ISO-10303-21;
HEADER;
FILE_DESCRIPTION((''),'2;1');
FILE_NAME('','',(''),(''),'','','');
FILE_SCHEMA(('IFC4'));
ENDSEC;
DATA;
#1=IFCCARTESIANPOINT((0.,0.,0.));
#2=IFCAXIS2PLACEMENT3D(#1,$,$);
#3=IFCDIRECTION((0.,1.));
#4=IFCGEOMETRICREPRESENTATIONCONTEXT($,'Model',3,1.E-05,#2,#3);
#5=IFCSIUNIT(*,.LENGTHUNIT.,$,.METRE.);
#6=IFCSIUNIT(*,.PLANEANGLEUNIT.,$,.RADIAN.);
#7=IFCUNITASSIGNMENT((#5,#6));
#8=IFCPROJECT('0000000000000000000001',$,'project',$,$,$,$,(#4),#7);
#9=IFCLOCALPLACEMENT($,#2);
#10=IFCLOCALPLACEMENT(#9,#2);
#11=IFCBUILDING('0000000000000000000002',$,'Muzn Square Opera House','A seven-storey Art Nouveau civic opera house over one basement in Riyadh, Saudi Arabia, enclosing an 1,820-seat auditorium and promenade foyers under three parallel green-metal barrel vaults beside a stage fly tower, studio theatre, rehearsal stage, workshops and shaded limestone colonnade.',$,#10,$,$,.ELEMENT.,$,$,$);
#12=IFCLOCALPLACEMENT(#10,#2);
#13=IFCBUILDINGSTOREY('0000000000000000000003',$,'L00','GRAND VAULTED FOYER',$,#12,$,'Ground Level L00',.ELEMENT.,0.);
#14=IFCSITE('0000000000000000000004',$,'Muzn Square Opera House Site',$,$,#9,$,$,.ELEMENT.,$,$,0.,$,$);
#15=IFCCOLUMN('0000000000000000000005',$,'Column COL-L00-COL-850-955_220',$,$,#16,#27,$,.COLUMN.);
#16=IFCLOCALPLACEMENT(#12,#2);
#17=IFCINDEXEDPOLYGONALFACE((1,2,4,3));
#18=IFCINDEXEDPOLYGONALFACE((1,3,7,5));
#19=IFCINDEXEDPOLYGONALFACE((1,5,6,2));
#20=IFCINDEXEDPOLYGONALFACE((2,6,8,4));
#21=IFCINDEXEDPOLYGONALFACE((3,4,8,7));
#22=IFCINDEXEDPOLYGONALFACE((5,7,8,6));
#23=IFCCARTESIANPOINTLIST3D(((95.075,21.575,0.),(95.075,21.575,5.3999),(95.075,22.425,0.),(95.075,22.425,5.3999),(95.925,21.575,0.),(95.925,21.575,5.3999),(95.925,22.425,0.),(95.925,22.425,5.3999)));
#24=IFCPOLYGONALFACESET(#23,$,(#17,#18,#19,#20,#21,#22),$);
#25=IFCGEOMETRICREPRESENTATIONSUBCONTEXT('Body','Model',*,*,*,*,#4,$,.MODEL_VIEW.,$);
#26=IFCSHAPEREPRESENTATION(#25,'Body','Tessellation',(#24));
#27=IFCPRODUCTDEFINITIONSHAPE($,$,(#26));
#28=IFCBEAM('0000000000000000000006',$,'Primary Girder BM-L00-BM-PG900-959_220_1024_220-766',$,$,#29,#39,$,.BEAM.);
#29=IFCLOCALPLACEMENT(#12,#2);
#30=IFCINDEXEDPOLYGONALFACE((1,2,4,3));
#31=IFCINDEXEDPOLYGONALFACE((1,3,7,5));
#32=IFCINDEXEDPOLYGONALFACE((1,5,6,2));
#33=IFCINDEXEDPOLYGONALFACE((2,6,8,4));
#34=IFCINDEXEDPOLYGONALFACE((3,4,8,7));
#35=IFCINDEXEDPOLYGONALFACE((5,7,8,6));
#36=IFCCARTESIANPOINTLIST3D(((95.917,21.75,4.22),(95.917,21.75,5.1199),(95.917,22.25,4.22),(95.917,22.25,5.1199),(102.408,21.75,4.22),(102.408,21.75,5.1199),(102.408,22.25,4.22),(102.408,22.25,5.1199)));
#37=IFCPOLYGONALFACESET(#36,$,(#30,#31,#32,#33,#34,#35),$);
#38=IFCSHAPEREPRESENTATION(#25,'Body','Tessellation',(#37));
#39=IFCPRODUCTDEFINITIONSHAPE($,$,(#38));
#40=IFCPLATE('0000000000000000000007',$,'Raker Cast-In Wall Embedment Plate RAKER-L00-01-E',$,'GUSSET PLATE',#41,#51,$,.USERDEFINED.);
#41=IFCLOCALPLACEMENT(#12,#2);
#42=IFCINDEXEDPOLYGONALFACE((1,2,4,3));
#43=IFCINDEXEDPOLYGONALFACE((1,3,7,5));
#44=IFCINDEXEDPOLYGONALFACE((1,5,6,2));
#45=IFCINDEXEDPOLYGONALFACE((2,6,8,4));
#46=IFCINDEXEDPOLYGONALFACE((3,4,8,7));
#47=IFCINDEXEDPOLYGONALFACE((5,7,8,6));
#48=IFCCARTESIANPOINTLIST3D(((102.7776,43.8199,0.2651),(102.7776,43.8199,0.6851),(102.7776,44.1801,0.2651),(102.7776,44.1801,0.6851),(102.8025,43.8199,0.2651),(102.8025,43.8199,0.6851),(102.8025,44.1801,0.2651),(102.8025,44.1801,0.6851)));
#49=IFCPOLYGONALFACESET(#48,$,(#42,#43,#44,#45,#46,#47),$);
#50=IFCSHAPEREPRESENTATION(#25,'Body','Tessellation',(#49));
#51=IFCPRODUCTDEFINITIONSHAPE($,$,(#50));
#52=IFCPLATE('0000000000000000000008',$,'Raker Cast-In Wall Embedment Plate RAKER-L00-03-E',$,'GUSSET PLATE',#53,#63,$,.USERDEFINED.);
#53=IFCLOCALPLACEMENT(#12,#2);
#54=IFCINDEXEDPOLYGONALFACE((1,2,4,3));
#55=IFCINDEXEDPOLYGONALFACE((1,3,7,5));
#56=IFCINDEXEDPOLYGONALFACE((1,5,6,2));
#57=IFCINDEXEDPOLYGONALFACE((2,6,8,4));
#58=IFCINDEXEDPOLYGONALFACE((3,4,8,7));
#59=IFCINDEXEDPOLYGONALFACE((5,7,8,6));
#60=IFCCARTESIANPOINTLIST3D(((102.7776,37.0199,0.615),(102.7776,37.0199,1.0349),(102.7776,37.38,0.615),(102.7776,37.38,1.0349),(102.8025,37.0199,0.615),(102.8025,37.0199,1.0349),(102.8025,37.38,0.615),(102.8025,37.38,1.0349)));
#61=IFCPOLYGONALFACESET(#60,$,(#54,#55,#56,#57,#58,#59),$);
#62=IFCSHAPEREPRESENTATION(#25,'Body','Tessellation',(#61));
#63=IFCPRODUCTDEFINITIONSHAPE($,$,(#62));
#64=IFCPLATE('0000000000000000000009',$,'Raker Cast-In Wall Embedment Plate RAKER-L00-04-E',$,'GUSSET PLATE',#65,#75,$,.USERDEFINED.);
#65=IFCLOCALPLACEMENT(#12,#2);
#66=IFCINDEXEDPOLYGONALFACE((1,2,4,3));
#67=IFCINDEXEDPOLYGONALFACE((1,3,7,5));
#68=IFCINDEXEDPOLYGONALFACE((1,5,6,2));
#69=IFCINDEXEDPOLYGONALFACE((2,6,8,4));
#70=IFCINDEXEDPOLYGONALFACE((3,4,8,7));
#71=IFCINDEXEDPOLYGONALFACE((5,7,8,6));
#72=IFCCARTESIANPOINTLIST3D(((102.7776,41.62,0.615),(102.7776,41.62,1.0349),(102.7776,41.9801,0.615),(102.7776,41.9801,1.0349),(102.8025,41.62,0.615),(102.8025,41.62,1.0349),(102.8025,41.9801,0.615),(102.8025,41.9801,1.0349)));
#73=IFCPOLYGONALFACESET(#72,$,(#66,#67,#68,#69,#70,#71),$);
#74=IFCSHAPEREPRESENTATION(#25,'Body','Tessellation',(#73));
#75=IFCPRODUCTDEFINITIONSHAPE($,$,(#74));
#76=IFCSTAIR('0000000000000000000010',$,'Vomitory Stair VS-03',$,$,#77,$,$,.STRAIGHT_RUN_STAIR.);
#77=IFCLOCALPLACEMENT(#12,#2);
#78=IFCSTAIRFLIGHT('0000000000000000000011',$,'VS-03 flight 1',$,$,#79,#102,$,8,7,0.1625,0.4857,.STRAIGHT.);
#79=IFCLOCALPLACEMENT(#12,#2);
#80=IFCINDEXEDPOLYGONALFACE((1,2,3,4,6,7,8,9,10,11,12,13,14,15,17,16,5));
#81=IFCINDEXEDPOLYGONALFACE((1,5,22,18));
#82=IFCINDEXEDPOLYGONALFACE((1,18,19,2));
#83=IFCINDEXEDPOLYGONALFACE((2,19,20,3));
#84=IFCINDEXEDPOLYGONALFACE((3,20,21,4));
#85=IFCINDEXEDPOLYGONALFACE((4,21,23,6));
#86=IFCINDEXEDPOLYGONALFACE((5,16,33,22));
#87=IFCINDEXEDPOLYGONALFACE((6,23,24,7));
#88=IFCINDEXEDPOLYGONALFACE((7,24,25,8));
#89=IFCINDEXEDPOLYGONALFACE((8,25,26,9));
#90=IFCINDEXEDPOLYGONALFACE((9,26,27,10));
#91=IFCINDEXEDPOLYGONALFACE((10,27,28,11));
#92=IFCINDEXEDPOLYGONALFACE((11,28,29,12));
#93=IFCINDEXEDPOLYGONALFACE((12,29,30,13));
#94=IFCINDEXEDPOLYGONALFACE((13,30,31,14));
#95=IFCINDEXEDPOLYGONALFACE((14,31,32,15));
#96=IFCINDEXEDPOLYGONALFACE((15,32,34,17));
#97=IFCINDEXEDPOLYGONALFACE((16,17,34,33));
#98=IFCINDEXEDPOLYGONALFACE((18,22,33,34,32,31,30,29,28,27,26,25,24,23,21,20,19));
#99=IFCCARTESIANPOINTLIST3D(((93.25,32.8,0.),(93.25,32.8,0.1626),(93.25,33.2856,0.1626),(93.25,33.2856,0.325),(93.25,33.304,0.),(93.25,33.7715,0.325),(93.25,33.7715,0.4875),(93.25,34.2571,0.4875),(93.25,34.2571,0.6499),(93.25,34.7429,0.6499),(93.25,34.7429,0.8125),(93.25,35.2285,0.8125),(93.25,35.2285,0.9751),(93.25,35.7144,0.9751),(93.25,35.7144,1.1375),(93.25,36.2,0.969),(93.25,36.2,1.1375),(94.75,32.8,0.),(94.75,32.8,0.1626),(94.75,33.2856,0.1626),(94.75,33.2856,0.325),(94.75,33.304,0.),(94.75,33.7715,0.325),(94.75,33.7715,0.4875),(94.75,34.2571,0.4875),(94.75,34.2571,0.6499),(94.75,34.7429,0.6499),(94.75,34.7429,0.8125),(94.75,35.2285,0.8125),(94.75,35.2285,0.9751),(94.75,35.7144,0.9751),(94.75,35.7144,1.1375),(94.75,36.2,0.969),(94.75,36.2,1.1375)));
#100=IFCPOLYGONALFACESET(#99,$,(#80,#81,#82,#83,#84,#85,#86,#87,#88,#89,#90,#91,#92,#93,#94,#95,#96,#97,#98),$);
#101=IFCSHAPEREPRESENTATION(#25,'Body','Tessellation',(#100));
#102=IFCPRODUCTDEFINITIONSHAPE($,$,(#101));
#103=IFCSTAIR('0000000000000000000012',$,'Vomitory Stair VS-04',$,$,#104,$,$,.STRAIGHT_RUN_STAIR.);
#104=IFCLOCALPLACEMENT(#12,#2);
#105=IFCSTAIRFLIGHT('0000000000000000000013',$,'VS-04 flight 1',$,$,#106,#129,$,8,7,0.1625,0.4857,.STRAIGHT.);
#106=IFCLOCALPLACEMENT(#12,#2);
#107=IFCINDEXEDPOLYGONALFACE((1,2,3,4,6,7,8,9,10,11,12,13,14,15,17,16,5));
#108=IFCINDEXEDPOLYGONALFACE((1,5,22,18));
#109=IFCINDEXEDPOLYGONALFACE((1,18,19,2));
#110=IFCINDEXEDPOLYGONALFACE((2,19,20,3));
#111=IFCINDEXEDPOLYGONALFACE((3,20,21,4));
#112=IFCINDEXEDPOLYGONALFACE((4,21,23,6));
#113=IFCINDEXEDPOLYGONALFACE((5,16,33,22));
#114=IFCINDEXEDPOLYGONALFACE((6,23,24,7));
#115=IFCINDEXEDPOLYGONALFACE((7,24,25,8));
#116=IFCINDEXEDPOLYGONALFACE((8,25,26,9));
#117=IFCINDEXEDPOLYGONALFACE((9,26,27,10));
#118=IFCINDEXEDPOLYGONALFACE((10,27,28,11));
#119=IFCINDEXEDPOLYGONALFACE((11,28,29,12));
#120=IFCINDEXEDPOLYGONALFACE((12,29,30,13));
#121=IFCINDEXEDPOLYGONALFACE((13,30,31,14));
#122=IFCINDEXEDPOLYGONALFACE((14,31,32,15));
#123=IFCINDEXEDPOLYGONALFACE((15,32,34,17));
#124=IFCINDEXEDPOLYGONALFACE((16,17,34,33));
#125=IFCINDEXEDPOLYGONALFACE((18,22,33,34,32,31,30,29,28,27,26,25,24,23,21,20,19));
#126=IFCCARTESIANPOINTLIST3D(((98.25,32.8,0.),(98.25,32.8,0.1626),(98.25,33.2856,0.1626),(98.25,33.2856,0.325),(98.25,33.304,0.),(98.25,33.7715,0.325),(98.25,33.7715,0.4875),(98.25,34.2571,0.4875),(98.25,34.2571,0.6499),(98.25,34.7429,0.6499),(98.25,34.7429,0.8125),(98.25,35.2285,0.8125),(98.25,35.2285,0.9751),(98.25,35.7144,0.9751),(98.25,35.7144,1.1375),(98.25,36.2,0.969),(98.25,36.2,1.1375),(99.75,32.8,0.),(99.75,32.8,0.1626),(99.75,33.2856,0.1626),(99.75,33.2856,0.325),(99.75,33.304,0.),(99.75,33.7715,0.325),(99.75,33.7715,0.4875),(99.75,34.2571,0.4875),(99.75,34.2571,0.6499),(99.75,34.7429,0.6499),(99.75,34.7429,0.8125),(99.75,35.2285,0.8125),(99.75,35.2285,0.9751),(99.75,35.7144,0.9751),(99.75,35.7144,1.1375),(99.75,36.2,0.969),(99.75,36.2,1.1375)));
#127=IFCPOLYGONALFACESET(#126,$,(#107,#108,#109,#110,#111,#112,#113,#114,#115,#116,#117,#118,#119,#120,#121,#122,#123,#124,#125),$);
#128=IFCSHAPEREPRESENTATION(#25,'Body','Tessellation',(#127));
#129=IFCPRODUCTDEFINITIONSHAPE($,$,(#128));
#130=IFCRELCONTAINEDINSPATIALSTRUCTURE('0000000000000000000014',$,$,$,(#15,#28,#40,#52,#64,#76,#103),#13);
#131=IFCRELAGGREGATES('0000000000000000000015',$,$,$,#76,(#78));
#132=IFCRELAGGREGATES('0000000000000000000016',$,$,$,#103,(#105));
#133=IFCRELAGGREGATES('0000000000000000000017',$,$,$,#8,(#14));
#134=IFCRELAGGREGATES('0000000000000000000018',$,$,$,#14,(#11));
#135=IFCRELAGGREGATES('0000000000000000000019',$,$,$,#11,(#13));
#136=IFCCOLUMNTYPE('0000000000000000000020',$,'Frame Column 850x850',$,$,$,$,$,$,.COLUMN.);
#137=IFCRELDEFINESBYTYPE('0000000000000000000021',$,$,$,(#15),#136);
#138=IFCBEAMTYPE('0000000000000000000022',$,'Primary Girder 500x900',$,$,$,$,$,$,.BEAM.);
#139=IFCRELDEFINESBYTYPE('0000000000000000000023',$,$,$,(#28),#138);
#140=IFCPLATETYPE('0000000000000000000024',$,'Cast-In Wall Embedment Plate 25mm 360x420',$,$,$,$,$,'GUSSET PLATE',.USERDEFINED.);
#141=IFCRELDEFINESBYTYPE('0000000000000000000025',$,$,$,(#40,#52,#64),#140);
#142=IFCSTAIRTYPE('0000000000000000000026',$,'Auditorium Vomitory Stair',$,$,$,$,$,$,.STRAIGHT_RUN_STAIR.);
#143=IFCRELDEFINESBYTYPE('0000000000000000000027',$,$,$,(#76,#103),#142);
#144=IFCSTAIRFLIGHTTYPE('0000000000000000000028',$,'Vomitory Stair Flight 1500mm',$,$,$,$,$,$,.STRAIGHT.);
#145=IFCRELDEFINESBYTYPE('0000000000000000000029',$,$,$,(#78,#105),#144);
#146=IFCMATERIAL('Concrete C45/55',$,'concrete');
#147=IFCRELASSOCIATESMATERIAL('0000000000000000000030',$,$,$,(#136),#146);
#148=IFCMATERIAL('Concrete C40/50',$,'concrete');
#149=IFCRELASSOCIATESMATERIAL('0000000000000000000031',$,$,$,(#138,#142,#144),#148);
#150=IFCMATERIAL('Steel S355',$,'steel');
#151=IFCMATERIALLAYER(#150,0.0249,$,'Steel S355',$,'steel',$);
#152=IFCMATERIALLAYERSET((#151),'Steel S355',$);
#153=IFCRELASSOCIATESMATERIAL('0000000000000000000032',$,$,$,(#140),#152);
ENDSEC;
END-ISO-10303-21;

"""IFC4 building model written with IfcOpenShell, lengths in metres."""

from ifc_helpers import new_model, si_unit, direction, frame, origin, origin_2d, place, context, subcontext, project, spatial, polyline, rectangle, outline, extrude, material, layer, layer_set, material_profile, profile_set, type_object, element, aggregate, save


model = new_model("IFC4")

# Units and contexts
model_context = context("Model", 3, precision=1e-05, world=origin(), true_north=direction((0.0, 1.0)))
body_context = subcontext(model_context, "Body", "Model", "MODEL_VIEW")
ifc_project = project(units=[si_unit("LENGTHUNIT", "METRE"), si_unit("PLANEANGLEUNIT", "RADIAN")], contexts=[model_context])

# Site, building, storey
site_placement = place(None, origin())
site = spatial("IfcSite", under=ifc_project, at=site_placement, Name="Muzn Square Opera House Site", CompositionType="ELEMENT", RefElevation=0.0)
building_placement = place(site_placement, origin())
building = spatial("IfcBuilding", under=site, at=building_placement, Name="Muzn Square Opera House", Description="A seven-storey Art Nouveau civic opera house over one basement in Riyadh, Saudi Arabia, enclosing an 1,820-seat auditorium and promenade foyers under three parallel green-metal barrel vaults beside a stage fly tower, studio theatre, rehearsal stage, workshops and shaded limestone colonnade.", CompositionType="ELEMENT")
storey_placement = place(building_placement, origin())
storey = spatial("IfcBuildingStorey", under=building, at=storey_placement, Name="L00", Description="GRAND VAULTED FOYER", LongName="Ground Level L00", CompositionType="ELEMENT", Elevation=0.0)

# Column
ifc_material_1 = material(Name="Concrete C45/55", Category="concrete")
ifc_material_profile_1 = material_profile(ifc_material_1, rectangle(XDim=0.8501, YDim=0.8501, at=origin_2d()), Name="RC 850x850", Category="concrete")
ifc_profile_set_1 = profile_set([ifc_material_profile_1], Name="Concrete C45/55")
column_type = type_object("IfcColumnType", Name="Frame Column 850x850", PredefinedType="COLUMN", material=ifc_profile_set_1)
column_placement = place(storey_placement, frame((95.5, 22.0, 0.0), z_axis=(0.0, 0.0, 1.0), x_axis=(1.0, 0.0, 0.0)))
element("IfcColumn", 1, at=column_placement, inside=storey, type_object=column_type, Name="Column COL-L00-COL-850-955_220", PredefinedType="COLUMN", context=body_context, shape_type="SweptSolid", body=[
    extrude(rectangle(XDim=0.8501, YDim=0.8501, at=origin_2d()), origin(), (0.0, 0.0, 1.0), 5.3999),
])

# Beam
ifc_material_2 = material(Name="Concrete C40/50", Category="concrete")
ifc_material_profile_2 = material_profile(ifc_material_2, rectangle(XDim=0.5, YDim=0.8999, at=origin_2d()), Name="RCB 500x900", Category="concrete")
ifc_profile_set_2 = profile_set([ifc_material_profile_2], Name="Concrete C40/50")
beam_type = type_object("IfcBeamType", Name="Primary Girder 500x900", PredefinedType="BEAM", material=ifc_profile_set_2)
beam_placement = place(storey_placement, frame((95.917, 22.0, 4.6699), z_axis=(1.0, 0.0, 0.0), x_axis=(0.0, 1.0, 0.0)))
element("IfcBeam", 2, at=beam_placement, inside=storey, type_object=beam_type, Name="Primary Girder BM-L00-BM-PG900-959_220_1024_220-766", PredefinedType="BEAM", context=body_context, shape_type="SweptSolid", body=[
    extrude(rectangle(XDim=0.5, YDim=0.8999, at=origin_2d()), origin(), (0.0, 0.0, 1.0), 6.491),
])

# Plates
ifc_material_3 = material(Name="Steel S355", Category="steel")
ifc_layer_1 = layer(ifc_material_3, 0.0249, Name="Steel S355", Category="steel")
ifc_layer_set_1 = layer_set([ifc_layer_1], Name="Steel S355")
plate_type = type_object("IfcPlateType", Name="Cast-In Wall Embedment Plate 25mm 360x420", ElementType="GUSSET PLATE", PredefinedType="USERDEFINED", material=ifc_layer_set_1)
for number, where, z_axis, x_axis, name in (
    (3, (102.79, 44.0, 0.2651), (0.0, 0.0, 1.0), (1.0, 0.0, 0.0), "Raker Cast-In Wall Embedment Plate RAKER-L00-01-E"),
    (4, (102.79, 37.2, 0.615), (0.0, 0.0, 1.0), (1.0, 0.0, 0.0), "Raker Cast-In Wall Embedment Plate RAKER-L00-03-E"),
    (5, (102.79, 41.8, 0.615), (0.0, 0.0, 1.0), (1.0, 0.0, 0.0), "Raker Cast-In Wall Embedment Plate RAKER-L00-04-E"),
):
    element("IfcPlate", number, at=place(storey_placement, frame(where, z_axis=z_axis, x_axis=x_axis)), inside=storey, type_object=plate_type, Name=name, ObjectType="GUSSET PLATE", PredefinedType="USERDEFINED", context=body_context, shape_type="SweptSolid", body=[
        extrude(rectangle(XDim=0.0249, YDim=0.3601, at=origin_2d()), origin(), (0.0, 0.0, 1.0), 0.4199),
    ])

# Stairs, stair flights
stair_type = type_object("IfcStairType", Name="Auditorium Vomitory Stair", PredefinedType="STRAIGHT_RUN_STAIR", material=ifc_material_2)
stair_1_placement = place(storey_placement, origin())
stair_1 = element("IfcStair", 6, at=stair_1_placement, inside=storey, type_object=stair_type, Name="Vomitory Stair VS-03", PredefinedType="STRAIGHT_RUN_STAIR")
stair_flight_type = type_object("IfcStairFlightType", Name="Vomitory Stair Flight 1500mm", PredefinedType="STRAIGHT", material=ifc_material_2)
stair_flight_1_placement = place(storey_placement, frame((94.0, 32.8, 0.0), z_axis=(0.0, 0.0, 1.0), x_axis=(0.0, 1.0, 0.0)))
stair_flight_1 = element("IfcStairFlight", 7, at=stair_flight_1_placement, type_object=stair_flight_type, Name="VS-03 flight 1", NumberOfRisers=8, NumberOfTreads=7, PredefinedType="STRAIGHT", RiserHeight=0.1625, TreadLength=0.4857, context=body_context, shape_type="SweptSolid", body=[
    extrude(outline(polyline([(0.0, 0.0), (0.0, 0.1626), (0.4856, 0.1626), (0.4856, 0.325), (0.9714, 0.325), (0.9714, 0.4875), (1.457, 0.4875), (1.457, 0.6499), (1.9429, 0.6499), (1.9429, 0.8125), (2.4285, 0.8125), (2.4285, 0.9751), (2.9143, 0.9751), (2.9143, 1.1375), (3.3999, 1.1375), (3.3999, 1.3), (3.3999, 0.969), (0.5039, 0.0), (0.0, 0.0)])), frame((0.0, 0.75, 0.0), z_axis=(0.0, -1.0, 0.0), x_axis=(1.0, 0.0, 0.0)), (0.0, 0.0, 1.0), 1.5),
])
aggregate(stair_1, [stair_flight_1])
stair_2_placement = place(storey_placement, origin())
stair_2 = element("IfcStair", 8, at=stair_2_placement, inside=storey, type_object=stair_type, Name="Vomitory Stair VS-04", PredefinedType="STRAIGHT_RUN_STAIR")
stair_flight_2_placement = place(storey_placement, frame((99.0, 32.8, 0.0), z_axis=(0.0, 0.0, 1.0), x_axis=(0.0, 1.0, 0.0)))
stair_flight_2 = element("IfcStairFlight", 9, at=stair_flight_2_placement, type_object=stair_flight_type, Name="VS-04 flight 1", NumberOfRisers=8, NumberOfTreads=7, PredefinedType="STRAIGHT", RiserHeight=0.1625, TreadLength=0.4857, context=body_context, shape_type="SweptSolid", body=[
    extrude(outline(polyline([(0.0, 0.0), (0.0, 0.1626), (0.4856, 0.1626), (0.4856, 0.325), (0.9714, 0.325), (0.9714, 0.4875), (1.457, 0.4875), (1.457, 0.6499), (1.9429, 0.6499), (1.9429, 0.8125), (2.4285, 0.8125), (2.4285, 0.9751), (2.9143, 0.9751), (2.9143, 1.1375), (3.3999, 1.1375), (3.3999, 1.3), (3.3999, 0.969), (0.5039, 0.0), (0.0, 0.0)])), frame((0.0, 0.75, 0.0), z_axis=(0.0, -1.0, 0.0), x_axis=(1.0, 0.0, 0.0)), (0.0, 0.0, 1.0), 1.5),
])
aggregate(stair_2, [stair_flight_2])

save(model, "model.ifc")
